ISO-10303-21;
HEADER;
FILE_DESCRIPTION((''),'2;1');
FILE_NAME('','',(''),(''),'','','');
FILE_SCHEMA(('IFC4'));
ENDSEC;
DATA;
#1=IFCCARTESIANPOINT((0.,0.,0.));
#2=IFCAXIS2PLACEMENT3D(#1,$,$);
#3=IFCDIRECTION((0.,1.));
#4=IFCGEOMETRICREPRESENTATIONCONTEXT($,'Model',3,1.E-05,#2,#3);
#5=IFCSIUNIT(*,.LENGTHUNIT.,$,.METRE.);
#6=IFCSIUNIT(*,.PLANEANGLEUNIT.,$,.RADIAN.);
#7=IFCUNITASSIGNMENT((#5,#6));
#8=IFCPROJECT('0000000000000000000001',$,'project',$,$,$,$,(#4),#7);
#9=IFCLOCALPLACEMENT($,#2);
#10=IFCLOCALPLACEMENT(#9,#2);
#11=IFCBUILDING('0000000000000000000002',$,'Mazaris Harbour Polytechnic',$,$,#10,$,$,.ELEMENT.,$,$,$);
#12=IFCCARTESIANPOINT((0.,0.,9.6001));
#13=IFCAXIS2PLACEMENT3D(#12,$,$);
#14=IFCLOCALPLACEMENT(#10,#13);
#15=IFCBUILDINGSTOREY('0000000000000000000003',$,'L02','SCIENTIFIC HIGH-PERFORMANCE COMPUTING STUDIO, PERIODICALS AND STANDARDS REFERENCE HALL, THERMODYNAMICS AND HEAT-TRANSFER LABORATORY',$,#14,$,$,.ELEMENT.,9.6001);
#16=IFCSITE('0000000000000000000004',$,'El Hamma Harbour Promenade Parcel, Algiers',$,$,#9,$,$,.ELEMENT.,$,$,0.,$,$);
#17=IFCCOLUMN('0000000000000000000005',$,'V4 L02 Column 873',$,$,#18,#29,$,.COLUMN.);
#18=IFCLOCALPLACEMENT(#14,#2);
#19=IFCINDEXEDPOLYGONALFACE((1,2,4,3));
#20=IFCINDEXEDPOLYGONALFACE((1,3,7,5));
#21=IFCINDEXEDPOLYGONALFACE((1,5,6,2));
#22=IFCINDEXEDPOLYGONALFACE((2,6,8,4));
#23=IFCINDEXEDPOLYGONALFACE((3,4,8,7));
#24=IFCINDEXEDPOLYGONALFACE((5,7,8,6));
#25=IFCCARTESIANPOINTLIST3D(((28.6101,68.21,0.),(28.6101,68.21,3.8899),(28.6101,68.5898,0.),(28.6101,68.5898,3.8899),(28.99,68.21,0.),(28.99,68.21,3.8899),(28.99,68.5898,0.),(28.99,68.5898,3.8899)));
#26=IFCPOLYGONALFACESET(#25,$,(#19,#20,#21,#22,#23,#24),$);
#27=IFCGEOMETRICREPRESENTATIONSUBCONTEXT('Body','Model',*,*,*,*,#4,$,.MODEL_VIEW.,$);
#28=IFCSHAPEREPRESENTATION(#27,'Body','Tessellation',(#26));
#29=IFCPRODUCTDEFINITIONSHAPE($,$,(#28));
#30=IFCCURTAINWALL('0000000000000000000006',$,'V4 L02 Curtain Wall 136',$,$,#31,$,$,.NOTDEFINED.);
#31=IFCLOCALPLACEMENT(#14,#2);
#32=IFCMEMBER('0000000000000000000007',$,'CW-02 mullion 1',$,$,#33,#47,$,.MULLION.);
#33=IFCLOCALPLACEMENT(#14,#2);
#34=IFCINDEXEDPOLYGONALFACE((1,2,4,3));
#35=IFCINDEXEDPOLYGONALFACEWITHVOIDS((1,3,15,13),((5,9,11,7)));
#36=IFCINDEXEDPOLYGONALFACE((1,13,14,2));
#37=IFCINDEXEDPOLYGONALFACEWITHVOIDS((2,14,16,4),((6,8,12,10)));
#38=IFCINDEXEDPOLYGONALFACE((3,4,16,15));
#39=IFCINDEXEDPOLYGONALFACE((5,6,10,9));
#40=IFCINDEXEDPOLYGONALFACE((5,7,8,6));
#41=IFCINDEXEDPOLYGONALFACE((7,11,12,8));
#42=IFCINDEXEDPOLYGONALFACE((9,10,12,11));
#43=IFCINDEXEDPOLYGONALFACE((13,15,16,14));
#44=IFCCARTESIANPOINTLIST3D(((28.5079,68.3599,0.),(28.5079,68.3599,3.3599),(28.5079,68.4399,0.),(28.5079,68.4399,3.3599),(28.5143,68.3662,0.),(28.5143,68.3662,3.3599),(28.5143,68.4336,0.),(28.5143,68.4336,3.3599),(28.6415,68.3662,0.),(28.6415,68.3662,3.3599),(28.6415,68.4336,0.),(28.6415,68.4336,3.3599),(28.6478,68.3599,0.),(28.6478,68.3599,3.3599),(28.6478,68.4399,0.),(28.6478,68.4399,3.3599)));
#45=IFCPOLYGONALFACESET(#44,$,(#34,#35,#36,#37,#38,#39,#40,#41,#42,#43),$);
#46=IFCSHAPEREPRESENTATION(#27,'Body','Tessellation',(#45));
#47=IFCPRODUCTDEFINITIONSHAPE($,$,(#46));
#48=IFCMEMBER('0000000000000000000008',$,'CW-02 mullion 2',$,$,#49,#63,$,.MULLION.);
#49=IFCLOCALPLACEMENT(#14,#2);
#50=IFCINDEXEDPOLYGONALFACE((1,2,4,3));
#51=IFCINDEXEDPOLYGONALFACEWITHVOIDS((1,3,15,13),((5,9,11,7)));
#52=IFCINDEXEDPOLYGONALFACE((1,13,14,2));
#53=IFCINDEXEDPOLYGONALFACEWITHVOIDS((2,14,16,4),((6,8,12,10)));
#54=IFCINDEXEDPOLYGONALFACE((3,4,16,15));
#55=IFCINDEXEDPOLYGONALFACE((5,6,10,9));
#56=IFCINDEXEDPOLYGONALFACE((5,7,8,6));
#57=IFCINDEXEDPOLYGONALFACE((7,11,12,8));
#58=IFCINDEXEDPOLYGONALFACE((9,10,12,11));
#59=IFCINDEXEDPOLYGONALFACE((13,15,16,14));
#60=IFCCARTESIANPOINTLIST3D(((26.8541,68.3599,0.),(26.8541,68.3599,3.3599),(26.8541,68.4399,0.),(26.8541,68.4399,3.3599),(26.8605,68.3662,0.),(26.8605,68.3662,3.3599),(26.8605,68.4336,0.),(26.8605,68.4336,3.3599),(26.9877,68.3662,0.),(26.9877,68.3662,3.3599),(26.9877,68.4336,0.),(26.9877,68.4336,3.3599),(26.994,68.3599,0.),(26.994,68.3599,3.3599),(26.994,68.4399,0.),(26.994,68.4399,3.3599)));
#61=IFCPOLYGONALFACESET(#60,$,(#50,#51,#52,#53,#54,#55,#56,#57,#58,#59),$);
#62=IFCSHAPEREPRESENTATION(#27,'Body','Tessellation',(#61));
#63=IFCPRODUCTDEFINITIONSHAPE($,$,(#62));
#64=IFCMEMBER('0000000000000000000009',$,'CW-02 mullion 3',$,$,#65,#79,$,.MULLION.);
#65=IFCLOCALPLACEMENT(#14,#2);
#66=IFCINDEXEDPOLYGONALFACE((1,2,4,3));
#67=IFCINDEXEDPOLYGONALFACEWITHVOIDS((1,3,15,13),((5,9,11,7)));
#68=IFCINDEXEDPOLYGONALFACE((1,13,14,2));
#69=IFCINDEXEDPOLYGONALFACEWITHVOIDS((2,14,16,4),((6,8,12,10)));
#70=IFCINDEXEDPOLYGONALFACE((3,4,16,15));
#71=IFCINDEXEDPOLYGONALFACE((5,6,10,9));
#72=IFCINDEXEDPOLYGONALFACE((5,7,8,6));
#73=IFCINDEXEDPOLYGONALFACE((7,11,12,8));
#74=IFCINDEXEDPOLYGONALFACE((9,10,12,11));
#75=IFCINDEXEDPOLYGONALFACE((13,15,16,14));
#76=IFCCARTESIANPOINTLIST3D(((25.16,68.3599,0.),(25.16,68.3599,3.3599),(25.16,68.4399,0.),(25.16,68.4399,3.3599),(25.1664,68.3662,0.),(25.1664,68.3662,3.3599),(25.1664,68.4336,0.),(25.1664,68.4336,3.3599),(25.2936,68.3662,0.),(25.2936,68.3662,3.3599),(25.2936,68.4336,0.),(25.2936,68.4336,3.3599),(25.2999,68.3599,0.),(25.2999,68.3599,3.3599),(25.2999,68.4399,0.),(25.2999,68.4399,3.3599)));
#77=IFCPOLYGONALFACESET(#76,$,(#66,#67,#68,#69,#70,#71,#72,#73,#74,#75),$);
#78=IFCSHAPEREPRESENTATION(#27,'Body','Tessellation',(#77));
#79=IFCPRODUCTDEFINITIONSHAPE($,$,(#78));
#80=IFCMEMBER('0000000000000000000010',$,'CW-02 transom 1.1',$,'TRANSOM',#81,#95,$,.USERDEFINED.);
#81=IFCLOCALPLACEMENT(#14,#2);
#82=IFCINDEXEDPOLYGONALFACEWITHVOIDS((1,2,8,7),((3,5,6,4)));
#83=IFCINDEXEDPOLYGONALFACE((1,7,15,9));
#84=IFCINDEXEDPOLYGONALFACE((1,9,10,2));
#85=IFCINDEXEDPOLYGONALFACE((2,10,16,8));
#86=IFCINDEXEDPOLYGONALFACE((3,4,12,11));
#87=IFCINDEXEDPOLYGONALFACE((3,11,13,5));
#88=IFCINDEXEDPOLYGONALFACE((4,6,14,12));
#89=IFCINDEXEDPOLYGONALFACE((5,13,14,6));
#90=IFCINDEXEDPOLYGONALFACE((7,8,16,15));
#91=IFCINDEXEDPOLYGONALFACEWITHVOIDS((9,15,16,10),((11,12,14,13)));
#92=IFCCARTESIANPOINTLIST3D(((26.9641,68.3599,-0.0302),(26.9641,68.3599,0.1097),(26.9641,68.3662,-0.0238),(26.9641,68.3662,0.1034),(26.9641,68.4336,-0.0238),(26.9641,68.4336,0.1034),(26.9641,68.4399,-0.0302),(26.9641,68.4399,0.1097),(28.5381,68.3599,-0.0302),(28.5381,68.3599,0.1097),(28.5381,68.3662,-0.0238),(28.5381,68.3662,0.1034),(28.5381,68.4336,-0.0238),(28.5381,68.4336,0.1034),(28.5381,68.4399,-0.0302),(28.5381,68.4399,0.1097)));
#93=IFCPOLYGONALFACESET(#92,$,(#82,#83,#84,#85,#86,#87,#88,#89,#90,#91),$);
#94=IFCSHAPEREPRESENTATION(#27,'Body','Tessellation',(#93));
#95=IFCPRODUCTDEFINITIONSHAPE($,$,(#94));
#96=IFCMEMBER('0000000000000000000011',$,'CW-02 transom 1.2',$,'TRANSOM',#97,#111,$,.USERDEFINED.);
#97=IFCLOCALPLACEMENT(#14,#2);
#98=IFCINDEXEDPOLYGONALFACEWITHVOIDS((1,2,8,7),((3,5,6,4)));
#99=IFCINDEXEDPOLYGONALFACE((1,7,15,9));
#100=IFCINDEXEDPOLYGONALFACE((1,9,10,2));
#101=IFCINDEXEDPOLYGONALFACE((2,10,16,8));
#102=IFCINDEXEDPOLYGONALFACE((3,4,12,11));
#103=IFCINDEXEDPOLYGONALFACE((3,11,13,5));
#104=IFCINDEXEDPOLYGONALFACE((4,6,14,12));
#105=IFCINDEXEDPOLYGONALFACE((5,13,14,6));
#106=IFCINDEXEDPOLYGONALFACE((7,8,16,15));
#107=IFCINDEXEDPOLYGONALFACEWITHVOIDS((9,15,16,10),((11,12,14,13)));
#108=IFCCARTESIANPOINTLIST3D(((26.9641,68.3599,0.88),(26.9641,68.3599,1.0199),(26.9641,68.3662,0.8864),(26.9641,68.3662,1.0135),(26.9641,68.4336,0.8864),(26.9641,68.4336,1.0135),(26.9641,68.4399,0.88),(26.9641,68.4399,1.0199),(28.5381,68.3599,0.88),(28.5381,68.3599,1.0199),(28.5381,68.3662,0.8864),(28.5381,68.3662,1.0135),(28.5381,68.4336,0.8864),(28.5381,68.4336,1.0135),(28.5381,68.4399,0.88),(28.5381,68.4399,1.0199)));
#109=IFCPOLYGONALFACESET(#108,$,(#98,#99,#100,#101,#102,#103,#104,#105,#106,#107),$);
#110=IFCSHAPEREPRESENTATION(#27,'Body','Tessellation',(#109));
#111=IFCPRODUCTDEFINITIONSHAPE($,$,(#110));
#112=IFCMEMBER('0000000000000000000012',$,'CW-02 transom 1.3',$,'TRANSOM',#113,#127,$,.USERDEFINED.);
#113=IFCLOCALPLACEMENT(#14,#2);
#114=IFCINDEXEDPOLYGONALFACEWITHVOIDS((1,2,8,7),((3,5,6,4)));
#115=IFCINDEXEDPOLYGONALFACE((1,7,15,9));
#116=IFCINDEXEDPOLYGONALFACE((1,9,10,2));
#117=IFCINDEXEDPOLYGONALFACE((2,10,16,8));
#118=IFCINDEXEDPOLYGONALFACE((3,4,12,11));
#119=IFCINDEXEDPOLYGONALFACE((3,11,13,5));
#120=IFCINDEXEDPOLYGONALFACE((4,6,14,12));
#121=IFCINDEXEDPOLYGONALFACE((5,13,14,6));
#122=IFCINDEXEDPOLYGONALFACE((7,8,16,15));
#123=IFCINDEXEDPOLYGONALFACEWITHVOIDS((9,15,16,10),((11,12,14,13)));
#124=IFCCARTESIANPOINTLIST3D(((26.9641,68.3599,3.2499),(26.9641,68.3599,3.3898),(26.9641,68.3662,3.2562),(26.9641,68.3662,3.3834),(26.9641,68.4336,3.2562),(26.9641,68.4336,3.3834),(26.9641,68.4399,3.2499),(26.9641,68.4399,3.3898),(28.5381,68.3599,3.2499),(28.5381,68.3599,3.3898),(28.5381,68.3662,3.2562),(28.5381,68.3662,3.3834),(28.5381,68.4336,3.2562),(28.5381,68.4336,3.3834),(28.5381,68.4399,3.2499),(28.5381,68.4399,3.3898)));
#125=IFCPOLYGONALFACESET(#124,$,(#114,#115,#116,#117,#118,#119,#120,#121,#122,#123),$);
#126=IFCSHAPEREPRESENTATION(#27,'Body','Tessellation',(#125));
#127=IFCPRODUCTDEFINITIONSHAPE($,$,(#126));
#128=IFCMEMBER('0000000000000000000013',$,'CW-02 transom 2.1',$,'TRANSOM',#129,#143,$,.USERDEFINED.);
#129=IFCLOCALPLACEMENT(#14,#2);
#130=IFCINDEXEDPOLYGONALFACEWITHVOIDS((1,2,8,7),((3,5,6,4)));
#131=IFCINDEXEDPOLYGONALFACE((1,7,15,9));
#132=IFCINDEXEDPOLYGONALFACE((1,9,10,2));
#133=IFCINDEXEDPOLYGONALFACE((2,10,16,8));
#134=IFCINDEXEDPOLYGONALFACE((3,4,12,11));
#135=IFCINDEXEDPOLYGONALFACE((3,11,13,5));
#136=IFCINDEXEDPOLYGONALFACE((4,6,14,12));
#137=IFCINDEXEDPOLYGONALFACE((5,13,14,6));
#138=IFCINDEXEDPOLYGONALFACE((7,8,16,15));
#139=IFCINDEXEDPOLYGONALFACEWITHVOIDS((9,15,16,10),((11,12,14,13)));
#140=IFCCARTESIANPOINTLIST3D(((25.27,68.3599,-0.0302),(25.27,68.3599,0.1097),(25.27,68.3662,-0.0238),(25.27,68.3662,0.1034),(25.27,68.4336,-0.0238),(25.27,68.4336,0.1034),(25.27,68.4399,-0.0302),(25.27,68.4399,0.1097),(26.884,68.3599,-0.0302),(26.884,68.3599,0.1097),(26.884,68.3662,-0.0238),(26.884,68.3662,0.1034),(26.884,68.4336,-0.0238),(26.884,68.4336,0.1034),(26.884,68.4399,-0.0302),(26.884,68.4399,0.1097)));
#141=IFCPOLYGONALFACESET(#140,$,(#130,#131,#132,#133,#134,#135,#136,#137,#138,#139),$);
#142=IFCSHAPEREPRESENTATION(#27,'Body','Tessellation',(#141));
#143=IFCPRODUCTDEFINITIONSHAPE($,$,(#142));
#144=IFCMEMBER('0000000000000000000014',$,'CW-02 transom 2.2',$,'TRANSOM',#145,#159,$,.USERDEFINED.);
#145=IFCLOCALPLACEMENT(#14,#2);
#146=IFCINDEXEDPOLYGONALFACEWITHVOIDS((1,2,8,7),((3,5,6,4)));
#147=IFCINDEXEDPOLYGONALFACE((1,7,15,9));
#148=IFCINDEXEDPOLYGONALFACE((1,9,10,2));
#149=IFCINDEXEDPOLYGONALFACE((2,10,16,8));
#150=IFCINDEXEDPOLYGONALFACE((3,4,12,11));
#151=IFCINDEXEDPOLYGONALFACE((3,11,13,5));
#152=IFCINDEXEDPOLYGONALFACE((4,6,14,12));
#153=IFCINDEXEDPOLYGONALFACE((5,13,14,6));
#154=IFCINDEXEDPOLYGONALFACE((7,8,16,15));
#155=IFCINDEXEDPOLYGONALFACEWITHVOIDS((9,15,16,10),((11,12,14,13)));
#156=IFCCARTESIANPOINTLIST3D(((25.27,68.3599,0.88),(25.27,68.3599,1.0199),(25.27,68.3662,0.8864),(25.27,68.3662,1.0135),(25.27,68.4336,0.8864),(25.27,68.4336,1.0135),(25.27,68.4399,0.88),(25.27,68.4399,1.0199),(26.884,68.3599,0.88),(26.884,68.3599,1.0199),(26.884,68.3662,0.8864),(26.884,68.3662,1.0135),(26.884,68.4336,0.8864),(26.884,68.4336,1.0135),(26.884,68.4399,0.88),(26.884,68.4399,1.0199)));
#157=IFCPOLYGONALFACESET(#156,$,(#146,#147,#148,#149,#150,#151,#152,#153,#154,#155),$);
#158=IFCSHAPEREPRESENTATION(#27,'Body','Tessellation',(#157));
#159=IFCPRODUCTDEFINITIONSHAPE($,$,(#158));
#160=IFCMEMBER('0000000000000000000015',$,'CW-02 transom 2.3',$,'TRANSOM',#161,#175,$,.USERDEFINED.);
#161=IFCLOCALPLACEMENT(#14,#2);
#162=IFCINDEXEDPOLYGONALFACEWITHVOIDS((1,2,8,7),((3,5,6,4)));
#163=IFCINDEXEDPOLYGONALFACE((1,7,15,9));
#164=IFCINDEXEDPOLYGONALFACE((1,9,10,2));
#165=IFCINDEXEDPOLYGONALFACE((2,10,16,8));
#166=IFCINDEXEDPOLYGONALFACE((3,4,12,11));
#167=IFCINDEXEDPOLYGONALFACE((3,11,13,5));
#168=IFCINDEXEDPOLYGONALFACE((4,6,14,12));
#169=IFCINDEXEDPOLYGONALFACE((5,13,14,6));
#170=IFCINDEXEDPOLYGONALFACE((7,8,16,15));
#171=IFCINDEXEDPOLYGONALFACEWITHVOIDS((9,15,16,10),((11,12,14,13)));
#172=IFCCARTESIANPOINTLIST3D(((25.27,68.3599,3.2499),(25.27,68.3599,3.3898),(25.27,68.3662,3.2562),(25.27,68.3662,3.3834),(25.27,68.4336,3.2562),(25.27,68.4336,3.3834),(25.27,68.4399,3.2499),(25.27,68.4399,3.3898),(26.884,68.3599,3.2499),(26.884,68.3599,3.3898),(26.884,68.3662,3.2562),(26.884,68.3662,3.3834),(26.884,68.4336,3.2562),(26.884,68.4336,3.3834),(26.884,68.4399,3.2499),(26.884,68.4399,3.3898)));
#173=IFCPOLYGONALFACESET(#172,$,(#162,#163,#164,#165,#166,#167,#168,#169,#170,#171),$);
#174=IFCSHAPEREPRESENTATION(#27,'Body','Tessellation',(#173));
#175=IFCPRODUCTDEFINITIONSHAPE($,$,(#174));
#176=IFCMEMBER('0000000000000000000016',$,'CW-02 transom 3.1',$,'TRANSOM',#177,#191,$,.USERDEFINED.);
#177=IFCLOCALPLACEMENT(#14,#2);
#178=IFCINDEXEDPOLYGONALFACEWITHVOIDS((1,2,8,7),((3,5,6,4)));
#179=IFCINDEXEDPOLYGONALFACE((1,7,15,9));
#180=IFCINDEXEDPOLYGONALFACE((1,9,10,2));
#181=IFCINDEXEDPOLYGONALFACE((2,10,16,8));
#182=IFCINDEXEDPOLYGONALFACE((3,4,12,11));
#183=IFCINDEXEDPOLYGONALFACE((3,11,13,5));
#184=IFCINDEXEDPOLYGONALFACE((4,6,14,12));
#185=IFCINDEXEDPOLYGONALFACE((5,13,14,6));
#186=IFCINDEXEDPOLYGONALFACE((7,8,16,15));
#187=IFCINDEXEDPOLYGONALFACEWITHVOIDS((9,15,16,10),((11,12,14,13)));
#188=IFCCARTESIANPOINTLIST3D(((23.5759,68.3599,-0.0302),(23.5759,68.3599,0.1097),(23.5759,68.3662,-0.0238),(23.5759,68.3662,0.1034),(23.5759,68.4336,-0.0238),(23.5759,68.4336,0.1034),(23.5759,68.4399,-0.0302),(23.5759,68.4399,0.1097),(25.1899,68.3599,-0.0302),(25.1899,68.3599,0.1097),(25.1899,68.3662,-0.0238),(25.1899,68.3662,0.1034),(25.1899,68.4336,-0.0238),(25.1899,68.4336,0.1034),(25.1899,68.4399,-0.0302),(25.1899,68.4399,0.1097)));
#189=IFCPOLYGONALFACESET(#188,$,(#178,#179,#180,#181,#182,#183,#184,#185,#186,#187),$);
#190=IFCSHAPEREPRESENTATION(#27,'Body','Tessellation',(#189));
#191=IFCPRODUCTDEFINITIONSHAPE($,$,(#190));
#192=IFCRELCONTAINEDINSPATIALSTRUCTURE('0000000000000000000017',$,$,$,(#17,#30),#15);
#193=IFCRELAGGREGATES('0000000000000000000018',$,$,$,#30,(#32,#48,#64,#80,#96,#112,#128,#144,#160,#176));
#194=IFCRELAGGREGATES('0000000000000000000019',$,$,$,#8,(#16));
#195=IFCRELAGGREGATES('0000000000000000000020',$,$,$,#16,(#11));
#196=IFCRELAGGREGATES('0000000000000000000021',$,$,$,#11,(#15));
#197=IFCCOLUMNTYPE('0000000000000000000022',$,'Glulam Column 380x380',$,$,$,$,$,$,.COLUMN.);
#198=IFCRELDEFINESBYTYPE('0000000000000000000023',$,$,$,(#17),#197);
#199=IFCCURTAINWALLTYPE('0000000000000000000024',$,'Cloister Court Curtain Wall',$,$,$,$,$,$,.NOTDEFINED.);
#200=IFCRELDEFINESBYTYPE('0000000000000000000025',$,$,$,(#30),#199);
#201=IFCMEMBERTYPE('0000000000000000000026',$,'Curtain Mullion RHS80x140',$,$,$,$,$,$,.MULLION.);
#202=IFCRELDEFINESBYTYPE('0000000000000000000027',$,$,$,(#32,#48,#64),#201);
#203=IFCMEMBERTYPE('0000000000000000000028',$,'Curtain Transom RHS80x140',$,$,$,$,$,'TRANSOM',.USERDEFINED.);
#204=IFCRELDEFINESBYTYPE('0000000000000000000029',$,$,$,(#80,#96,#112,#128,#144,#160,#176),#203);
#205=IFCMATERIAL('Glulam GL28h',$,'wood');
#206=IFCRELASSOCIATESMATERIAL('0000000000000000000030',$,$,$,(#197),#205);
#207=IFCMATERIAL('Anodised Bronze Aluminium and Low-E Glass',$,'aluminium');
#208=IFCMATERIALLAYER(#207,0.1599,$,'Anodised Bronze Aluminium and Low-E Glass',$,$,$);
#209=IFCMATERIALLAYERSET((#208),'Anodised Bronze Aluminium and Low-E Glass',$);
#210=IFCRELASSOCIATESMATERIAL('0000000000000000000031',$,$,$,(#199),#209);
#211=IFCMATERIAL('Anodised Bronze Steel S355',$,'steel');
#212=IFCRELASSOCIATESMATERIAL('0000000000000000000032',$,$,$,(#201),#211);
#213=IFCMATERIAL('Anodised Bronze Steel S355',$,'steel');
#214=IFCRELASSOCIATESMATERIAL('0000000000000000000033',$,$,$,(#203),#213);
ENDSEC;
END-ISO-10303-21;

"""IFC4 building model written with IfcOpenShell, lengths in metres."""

from ifc_helpers import new_model, si_unit, direction, frame, origin, origin_2d, place, context, subcontext, project, spatial, rectangle, hollow_rectangle, extrude, material, layer, layer_set, material_profile, profile_set, type_object, element, aggregate, save


model = new_model("IFC4")

# Units and contexts
model_context = context("Model", 3, precision=1e-05, world=origin(), true_north=direction((0.0, 1.0)))
body_context = subcontext(model_context, "Body", "Model", "MODEL_VIEW")
ifc_project = project(units=[si_unit("LENGTHUNIT", "METRE"), si_unit("PLANEANGLEUNIT", "RADIAN")], contexts=[model_context])

# Site, building, storey
site_placement = place(None, origin())
site = spatial("IfcSite", under=ifc_project, at=site_placement, Name="El Hamma Harbour Promenade Parcel, Algiers", CompositionType="ELEMENT", RefElevation=0.0)
building_placement = place(site_placement, origin())
building = spatial("IfcBuilding", under=site, at=building_placement, Name="Mazaris Harbour Polytechnic", CompositionType="ELEMENT")
storey_placement = place(building_placement, frame((0.0, 0.0, 9.6001)))
storey = spatial("IfcBuildingStorey", under=building, at=storey_placement, Name="L02", Description="SCIENTIFIC HIGH-PERFORMANCE COMPUTING STUDIO, PERIODICALS AND STANDARDS REFERENCE HALL, THERMODYNAMICS AND HEAT-TRANSFER LABORATORY", CompositionType="ELEMENT", Elevation=9.6001)

# Column
ifc_material_1 = material(Name="Glulam GL28h", Category="wood")
ifc_material_profile_1 = material_profile(ifc_material_1, rectangle(XDim=0.3799, YDim=0.3799, at=origin_2d()), Name="RECT380x380")
ifc_profile_set_1 = profile_set([ifc_material_profile_1], Name="Glulam GL28h")
column_type = type_object("IfcColumnType", Name="Glulam Column 380x380", PredefinedType="COLUMN", material=ifc_profile_set_1)
column_placement = place(storey_placement, frame((28.8, 68.3999, 0.0), z_axis=(0.0, 0.0, 1.0), x_axis=(1.0, 0.0, 0.0)))
element("IfcColumn", 1, at=column_placement, inside=storey, type_object=column_type, Name="V4 L02 Column 873", PredefinedType="COLUMN", context=body_context, shape_type="SweptSolid", body=[
    extrude(rectangle(XDim=0.3799, YDim=0.3799, at=origin_2d()), origin(), (0.0, 0.0, 1.0), 3.8899),
])

# Curtain wall, members
ifc_material_2 = material(Name="Anodised Bronze Aluminium and Low-E Glass", Category="aluminium")
ifc_layer_1 = layer(ifc_material_2, 0.1599, Name="Anodised Bronze Aluminium and Low-E Glass")
ifc_layer_set_1 = layer_set([ifc_layer_1], Name="Anodised Bronze Aluminium and Low-E Glass")
curtain_wall_type = type_object("IfcCurtainWallType", Name="Cloister Court Curtain Wall", PredefinedType="NOTDEFINED", material=ifc_layer_set_1)
curtain_wall_placement = place(storey_placement, origin())
curtain_wall = element("IfcCurtainWall", 2, at=curtain_wall_placement, inside=storey, type_object=curtain_wall_type, Name="V4 L02 Curtain Wall 136", PredefinedType="NOTDEFINED")
ifc_material_3 = material(Name="Anodised Bronze Steel S355", Category="steel")
ifc_material_profile_2 = material_profile(ifc_material_3, hollow_rectangle(XDim=0.0801, YDim=0.1399, WallThickness=0.0063, at=origin_2d()), Name="RHS 80x140x6.3")
ifc_profile_set_2 = profile_set([ifc_material_profile_2], Name="Anodised Bronze Steel S355")
member_type_1 = type_object("IfcMemberType", Name="Curtain Mullion RHS80x140", PredefinedType="MULLION", material=ifc_profile_set_2)
member_1_placement = place(storey_placement, frame((28.5779, 68.3999, 0.0), z_axis=(0.0, 0.0, 1.0), x_axis=(0.0, -1.0, 0.0)))
member_1 = element("IfcMember", 3, at=member_1_placement, type_object=member_type_1, Name="CW-02 mullion 1", PredefinedType="MULLION", context=body_context, shape_type="SweptSolid", body=[
    extrude(hollow_rectangle(XDim=0.0801, YDim=0.1399, WallThickness=0.0063, at=origin_2d()), origin(), (0.0, 0.0, 1.0), 3.3599),
])
member_2_placement = place(storey_placement, frame((26.9241, 68.3999, 0.0), z_axis=(0.0, 0.0, 1.0), x_axis=(0.0, -1.0, 0.0)))
member_2 = element("IfcMember", 4, at=member_2_placement, type_object=member_type_1, Name="CW-02 mullion 2", PredefinedType="MULLION", context=body_context, shape_type="SweptSolid", body=[
    extrude(hollow_rectangle(XDim=0.0801, YDim=0.1399, WallThickness=0.0063, at=origin_2d()), origin(), (0.0, 0.0, 1.0), 3.3599),
])
member_3_placement = place(storey_placement, frame((25.23, 68.3999, 0.0), z_axis=(0.0, 0.0, 1.0), x_axis=(0.0, -1.0, 0.0)))
member_3 = element("IfcMember", 5, at=member_3_placement, type_object=member_type_1, Name="CW-02 mullion 3", PredefinedType="MULLION", context=body_context, shape_type="SweptSolid", body=[
    extrude(hollow_rectangle(XDim=0.0801, YDim=0.1399, WallThickness=0.0063, at=origin_2d()), origin(), (0.0, 0.0, 1.0), 3.3599),
])
ifc_material_4 = material(Name="Anodised Bronze Steel S355", Category="steel")
ifc_material_profile_3 = material_profile(ifc_material_4, hollow_rectangle(XDim=0.0801, YDim=0.1399, WallThickness=0.0063, at=origin_2d()), Name="RHS 80x140x6.3")
ifc_profile_set_3 = profile_set([ifc_material_profile_3], Name="Anodised Bronze Steel S355")
member_type_2 = type_object("IfcMemberType", Name="Curtain Transom RHS80x140", ElementType="TRANSOM", PredefinedType="USERDEFINED", material=ifc_profile_set_3)
member_4_placement = place(storey_placement, frame((28.5381, 68.3999, 0.0398), z_axis=(-1.0, 0.0, 0.0), x_axis=(0.0, -1.0, 0.0)))
member_4 = element("IfcMember", 6, at=member_4_placement, type_object=member_type_2, Name="CW-02 transom 1.1", ObjectType="TRANSOM", PredefinedType="USERDEFINED", context=body_context, shape_type="SweptSolid", body=[
    extrude(hollow_rectangle(XDim=0.0801, YDim=0.1399, WallThickness=0.0063, at=origin_2d()), origin(), (0.0, 0.0, 1.0), 1.574),
])
member_5_placement = place(storey_placement, frame((28.5381, 68.3999, 0.95), z_axis=(-1.0, 0.0, 0.0), x_axis=(0.0, -1.0, 0.0)))
member_5 = element("IfcMember", 7, at=member_5_placement, type_object=member_type_2, Name="CW-02 transom 1.2", ObjectType="TRANSOM", PredefinedType="USERDEFINED", context=body_context, shape_type="SweptSolid", body=[
    extrude(hollow_rectangle(XDim=0.0801, YDim=0.1399, WallThickness=0.0063, at=origin_2d()), origin(), (0.0, 0.0, 1.0), 1.574),
])
member_6_placement = place(storey_placement, frame((28.5381, 68.3999, 3.3198), z_axis=(-1.0, 0.0, 0.0), x_axis=(0.0, -1.0, 0.0)))
member_6 = element("IfcMember", 8, at=member_6_placement, type_object=member_type_2, Name="CW-02 transom 1.3", ObjectType="TRANSOM", PredefinedType="USERDEFINED", context=body_context, shape_type="SweptSolid", body=[
    extrude(hollow_rectangle(XDim=0.0801, YDim=0.1399, WallThickness=0.0063, at=origin_2d()), origin(), (0.0, 0.0, 1.0), 1.574),
])
member_7_placement = place(storey_placement, frame((26.884, 68.3999, 0.0398), z_axis=(-1.0, 0.0, 0.0), x_axis=(0.0, -1.0, 0.0)))
member_7 = element("IfcMember", 9, at=member_7_placement, type_object=member_type_2, Name="CW-02 transom 2.1", ObjectType="TRANSOM", PredefinedType="USERDEFINED", context=body_context, shape_type="SweptSolid", body=[
    extrude(hollow_rectangle(XDim=0.0801, YDim=0.1399, WallThickness=0.0063, at=origin_2d()), origin(), (0.0, 0.0, 1.0), 1.614),
])
member_8_placement = place(storey_placement, frame((26.884, 68.3999, 0.95), z_axis=(-1.0, 0.0, 0.0), x_axis=(0.0, -1.0, 0.0)))
member_8 = element("IfcMember", 10, at=member_8_placement, type_object=member_type_2, Name="CW-02 transom 2.2", ObjectType="TRANSOM", PredefinedType="USERDEFINED", context=body_context, shape_type="SweptSolid", body=[
    extrude(hollow_rectangle(XDim=0.0801, YDim=0.1399, WallThickness=0.0063, at=origin_2d()), origin(), (0.0, 0.0, 1.0), 1.614),
])
member_9_placement = place(storey_placement, frame((26.884, 68.3999, 3.3198), z_axis=(-1.0, 0.0, 0.0), x_axis=(0.0, -1.0, 0.0)))
member_9 = element("IfcMember", 11, at=member_9_placement, type_object=member_type_2, Name="CW-02 transom 2.3", ObjectType="TRANSOM", PredefinedType="USERDEFINED", context=body_context, shape_type="SweptSolid", body=[
    extrude(hollow_rectangle(XDim=0.0801, YDim=0.1399, WallThickness=0.0063, at=origin_2d()), origin(), (0.0, 0.0, 1.0), 1.614),
])
member_10_placement = place(storey_placement, frame((25.1899, 68.3999, 0.0398), z_axis=(-1.0, 0.0, 0.0), x_axis=(0.0, -1.0, 0.0)))
member_10 = element("IfcMember", 12, at=member_10_placement, type_object=member_type_2, Name="CW-02 transom 3.1", ObjectType="TRANSOM", PredefinedType="USERDEFINED", context=body_context, shape_type="SweptSolid", body=[
    extrude(hollow_rectangle(XDim=0.0801, YDim=0.1399, WallThickness=0.0063, at=origin_2d()), origin(), (0.0, 0.0, 1.0), 1.614),
])

aggregate(curtain_wall, [member_1, member_2, member_3, member_4, member_5, member_6, member_7, member_8, member_9, member_10])

save(model, "model.ifc")
